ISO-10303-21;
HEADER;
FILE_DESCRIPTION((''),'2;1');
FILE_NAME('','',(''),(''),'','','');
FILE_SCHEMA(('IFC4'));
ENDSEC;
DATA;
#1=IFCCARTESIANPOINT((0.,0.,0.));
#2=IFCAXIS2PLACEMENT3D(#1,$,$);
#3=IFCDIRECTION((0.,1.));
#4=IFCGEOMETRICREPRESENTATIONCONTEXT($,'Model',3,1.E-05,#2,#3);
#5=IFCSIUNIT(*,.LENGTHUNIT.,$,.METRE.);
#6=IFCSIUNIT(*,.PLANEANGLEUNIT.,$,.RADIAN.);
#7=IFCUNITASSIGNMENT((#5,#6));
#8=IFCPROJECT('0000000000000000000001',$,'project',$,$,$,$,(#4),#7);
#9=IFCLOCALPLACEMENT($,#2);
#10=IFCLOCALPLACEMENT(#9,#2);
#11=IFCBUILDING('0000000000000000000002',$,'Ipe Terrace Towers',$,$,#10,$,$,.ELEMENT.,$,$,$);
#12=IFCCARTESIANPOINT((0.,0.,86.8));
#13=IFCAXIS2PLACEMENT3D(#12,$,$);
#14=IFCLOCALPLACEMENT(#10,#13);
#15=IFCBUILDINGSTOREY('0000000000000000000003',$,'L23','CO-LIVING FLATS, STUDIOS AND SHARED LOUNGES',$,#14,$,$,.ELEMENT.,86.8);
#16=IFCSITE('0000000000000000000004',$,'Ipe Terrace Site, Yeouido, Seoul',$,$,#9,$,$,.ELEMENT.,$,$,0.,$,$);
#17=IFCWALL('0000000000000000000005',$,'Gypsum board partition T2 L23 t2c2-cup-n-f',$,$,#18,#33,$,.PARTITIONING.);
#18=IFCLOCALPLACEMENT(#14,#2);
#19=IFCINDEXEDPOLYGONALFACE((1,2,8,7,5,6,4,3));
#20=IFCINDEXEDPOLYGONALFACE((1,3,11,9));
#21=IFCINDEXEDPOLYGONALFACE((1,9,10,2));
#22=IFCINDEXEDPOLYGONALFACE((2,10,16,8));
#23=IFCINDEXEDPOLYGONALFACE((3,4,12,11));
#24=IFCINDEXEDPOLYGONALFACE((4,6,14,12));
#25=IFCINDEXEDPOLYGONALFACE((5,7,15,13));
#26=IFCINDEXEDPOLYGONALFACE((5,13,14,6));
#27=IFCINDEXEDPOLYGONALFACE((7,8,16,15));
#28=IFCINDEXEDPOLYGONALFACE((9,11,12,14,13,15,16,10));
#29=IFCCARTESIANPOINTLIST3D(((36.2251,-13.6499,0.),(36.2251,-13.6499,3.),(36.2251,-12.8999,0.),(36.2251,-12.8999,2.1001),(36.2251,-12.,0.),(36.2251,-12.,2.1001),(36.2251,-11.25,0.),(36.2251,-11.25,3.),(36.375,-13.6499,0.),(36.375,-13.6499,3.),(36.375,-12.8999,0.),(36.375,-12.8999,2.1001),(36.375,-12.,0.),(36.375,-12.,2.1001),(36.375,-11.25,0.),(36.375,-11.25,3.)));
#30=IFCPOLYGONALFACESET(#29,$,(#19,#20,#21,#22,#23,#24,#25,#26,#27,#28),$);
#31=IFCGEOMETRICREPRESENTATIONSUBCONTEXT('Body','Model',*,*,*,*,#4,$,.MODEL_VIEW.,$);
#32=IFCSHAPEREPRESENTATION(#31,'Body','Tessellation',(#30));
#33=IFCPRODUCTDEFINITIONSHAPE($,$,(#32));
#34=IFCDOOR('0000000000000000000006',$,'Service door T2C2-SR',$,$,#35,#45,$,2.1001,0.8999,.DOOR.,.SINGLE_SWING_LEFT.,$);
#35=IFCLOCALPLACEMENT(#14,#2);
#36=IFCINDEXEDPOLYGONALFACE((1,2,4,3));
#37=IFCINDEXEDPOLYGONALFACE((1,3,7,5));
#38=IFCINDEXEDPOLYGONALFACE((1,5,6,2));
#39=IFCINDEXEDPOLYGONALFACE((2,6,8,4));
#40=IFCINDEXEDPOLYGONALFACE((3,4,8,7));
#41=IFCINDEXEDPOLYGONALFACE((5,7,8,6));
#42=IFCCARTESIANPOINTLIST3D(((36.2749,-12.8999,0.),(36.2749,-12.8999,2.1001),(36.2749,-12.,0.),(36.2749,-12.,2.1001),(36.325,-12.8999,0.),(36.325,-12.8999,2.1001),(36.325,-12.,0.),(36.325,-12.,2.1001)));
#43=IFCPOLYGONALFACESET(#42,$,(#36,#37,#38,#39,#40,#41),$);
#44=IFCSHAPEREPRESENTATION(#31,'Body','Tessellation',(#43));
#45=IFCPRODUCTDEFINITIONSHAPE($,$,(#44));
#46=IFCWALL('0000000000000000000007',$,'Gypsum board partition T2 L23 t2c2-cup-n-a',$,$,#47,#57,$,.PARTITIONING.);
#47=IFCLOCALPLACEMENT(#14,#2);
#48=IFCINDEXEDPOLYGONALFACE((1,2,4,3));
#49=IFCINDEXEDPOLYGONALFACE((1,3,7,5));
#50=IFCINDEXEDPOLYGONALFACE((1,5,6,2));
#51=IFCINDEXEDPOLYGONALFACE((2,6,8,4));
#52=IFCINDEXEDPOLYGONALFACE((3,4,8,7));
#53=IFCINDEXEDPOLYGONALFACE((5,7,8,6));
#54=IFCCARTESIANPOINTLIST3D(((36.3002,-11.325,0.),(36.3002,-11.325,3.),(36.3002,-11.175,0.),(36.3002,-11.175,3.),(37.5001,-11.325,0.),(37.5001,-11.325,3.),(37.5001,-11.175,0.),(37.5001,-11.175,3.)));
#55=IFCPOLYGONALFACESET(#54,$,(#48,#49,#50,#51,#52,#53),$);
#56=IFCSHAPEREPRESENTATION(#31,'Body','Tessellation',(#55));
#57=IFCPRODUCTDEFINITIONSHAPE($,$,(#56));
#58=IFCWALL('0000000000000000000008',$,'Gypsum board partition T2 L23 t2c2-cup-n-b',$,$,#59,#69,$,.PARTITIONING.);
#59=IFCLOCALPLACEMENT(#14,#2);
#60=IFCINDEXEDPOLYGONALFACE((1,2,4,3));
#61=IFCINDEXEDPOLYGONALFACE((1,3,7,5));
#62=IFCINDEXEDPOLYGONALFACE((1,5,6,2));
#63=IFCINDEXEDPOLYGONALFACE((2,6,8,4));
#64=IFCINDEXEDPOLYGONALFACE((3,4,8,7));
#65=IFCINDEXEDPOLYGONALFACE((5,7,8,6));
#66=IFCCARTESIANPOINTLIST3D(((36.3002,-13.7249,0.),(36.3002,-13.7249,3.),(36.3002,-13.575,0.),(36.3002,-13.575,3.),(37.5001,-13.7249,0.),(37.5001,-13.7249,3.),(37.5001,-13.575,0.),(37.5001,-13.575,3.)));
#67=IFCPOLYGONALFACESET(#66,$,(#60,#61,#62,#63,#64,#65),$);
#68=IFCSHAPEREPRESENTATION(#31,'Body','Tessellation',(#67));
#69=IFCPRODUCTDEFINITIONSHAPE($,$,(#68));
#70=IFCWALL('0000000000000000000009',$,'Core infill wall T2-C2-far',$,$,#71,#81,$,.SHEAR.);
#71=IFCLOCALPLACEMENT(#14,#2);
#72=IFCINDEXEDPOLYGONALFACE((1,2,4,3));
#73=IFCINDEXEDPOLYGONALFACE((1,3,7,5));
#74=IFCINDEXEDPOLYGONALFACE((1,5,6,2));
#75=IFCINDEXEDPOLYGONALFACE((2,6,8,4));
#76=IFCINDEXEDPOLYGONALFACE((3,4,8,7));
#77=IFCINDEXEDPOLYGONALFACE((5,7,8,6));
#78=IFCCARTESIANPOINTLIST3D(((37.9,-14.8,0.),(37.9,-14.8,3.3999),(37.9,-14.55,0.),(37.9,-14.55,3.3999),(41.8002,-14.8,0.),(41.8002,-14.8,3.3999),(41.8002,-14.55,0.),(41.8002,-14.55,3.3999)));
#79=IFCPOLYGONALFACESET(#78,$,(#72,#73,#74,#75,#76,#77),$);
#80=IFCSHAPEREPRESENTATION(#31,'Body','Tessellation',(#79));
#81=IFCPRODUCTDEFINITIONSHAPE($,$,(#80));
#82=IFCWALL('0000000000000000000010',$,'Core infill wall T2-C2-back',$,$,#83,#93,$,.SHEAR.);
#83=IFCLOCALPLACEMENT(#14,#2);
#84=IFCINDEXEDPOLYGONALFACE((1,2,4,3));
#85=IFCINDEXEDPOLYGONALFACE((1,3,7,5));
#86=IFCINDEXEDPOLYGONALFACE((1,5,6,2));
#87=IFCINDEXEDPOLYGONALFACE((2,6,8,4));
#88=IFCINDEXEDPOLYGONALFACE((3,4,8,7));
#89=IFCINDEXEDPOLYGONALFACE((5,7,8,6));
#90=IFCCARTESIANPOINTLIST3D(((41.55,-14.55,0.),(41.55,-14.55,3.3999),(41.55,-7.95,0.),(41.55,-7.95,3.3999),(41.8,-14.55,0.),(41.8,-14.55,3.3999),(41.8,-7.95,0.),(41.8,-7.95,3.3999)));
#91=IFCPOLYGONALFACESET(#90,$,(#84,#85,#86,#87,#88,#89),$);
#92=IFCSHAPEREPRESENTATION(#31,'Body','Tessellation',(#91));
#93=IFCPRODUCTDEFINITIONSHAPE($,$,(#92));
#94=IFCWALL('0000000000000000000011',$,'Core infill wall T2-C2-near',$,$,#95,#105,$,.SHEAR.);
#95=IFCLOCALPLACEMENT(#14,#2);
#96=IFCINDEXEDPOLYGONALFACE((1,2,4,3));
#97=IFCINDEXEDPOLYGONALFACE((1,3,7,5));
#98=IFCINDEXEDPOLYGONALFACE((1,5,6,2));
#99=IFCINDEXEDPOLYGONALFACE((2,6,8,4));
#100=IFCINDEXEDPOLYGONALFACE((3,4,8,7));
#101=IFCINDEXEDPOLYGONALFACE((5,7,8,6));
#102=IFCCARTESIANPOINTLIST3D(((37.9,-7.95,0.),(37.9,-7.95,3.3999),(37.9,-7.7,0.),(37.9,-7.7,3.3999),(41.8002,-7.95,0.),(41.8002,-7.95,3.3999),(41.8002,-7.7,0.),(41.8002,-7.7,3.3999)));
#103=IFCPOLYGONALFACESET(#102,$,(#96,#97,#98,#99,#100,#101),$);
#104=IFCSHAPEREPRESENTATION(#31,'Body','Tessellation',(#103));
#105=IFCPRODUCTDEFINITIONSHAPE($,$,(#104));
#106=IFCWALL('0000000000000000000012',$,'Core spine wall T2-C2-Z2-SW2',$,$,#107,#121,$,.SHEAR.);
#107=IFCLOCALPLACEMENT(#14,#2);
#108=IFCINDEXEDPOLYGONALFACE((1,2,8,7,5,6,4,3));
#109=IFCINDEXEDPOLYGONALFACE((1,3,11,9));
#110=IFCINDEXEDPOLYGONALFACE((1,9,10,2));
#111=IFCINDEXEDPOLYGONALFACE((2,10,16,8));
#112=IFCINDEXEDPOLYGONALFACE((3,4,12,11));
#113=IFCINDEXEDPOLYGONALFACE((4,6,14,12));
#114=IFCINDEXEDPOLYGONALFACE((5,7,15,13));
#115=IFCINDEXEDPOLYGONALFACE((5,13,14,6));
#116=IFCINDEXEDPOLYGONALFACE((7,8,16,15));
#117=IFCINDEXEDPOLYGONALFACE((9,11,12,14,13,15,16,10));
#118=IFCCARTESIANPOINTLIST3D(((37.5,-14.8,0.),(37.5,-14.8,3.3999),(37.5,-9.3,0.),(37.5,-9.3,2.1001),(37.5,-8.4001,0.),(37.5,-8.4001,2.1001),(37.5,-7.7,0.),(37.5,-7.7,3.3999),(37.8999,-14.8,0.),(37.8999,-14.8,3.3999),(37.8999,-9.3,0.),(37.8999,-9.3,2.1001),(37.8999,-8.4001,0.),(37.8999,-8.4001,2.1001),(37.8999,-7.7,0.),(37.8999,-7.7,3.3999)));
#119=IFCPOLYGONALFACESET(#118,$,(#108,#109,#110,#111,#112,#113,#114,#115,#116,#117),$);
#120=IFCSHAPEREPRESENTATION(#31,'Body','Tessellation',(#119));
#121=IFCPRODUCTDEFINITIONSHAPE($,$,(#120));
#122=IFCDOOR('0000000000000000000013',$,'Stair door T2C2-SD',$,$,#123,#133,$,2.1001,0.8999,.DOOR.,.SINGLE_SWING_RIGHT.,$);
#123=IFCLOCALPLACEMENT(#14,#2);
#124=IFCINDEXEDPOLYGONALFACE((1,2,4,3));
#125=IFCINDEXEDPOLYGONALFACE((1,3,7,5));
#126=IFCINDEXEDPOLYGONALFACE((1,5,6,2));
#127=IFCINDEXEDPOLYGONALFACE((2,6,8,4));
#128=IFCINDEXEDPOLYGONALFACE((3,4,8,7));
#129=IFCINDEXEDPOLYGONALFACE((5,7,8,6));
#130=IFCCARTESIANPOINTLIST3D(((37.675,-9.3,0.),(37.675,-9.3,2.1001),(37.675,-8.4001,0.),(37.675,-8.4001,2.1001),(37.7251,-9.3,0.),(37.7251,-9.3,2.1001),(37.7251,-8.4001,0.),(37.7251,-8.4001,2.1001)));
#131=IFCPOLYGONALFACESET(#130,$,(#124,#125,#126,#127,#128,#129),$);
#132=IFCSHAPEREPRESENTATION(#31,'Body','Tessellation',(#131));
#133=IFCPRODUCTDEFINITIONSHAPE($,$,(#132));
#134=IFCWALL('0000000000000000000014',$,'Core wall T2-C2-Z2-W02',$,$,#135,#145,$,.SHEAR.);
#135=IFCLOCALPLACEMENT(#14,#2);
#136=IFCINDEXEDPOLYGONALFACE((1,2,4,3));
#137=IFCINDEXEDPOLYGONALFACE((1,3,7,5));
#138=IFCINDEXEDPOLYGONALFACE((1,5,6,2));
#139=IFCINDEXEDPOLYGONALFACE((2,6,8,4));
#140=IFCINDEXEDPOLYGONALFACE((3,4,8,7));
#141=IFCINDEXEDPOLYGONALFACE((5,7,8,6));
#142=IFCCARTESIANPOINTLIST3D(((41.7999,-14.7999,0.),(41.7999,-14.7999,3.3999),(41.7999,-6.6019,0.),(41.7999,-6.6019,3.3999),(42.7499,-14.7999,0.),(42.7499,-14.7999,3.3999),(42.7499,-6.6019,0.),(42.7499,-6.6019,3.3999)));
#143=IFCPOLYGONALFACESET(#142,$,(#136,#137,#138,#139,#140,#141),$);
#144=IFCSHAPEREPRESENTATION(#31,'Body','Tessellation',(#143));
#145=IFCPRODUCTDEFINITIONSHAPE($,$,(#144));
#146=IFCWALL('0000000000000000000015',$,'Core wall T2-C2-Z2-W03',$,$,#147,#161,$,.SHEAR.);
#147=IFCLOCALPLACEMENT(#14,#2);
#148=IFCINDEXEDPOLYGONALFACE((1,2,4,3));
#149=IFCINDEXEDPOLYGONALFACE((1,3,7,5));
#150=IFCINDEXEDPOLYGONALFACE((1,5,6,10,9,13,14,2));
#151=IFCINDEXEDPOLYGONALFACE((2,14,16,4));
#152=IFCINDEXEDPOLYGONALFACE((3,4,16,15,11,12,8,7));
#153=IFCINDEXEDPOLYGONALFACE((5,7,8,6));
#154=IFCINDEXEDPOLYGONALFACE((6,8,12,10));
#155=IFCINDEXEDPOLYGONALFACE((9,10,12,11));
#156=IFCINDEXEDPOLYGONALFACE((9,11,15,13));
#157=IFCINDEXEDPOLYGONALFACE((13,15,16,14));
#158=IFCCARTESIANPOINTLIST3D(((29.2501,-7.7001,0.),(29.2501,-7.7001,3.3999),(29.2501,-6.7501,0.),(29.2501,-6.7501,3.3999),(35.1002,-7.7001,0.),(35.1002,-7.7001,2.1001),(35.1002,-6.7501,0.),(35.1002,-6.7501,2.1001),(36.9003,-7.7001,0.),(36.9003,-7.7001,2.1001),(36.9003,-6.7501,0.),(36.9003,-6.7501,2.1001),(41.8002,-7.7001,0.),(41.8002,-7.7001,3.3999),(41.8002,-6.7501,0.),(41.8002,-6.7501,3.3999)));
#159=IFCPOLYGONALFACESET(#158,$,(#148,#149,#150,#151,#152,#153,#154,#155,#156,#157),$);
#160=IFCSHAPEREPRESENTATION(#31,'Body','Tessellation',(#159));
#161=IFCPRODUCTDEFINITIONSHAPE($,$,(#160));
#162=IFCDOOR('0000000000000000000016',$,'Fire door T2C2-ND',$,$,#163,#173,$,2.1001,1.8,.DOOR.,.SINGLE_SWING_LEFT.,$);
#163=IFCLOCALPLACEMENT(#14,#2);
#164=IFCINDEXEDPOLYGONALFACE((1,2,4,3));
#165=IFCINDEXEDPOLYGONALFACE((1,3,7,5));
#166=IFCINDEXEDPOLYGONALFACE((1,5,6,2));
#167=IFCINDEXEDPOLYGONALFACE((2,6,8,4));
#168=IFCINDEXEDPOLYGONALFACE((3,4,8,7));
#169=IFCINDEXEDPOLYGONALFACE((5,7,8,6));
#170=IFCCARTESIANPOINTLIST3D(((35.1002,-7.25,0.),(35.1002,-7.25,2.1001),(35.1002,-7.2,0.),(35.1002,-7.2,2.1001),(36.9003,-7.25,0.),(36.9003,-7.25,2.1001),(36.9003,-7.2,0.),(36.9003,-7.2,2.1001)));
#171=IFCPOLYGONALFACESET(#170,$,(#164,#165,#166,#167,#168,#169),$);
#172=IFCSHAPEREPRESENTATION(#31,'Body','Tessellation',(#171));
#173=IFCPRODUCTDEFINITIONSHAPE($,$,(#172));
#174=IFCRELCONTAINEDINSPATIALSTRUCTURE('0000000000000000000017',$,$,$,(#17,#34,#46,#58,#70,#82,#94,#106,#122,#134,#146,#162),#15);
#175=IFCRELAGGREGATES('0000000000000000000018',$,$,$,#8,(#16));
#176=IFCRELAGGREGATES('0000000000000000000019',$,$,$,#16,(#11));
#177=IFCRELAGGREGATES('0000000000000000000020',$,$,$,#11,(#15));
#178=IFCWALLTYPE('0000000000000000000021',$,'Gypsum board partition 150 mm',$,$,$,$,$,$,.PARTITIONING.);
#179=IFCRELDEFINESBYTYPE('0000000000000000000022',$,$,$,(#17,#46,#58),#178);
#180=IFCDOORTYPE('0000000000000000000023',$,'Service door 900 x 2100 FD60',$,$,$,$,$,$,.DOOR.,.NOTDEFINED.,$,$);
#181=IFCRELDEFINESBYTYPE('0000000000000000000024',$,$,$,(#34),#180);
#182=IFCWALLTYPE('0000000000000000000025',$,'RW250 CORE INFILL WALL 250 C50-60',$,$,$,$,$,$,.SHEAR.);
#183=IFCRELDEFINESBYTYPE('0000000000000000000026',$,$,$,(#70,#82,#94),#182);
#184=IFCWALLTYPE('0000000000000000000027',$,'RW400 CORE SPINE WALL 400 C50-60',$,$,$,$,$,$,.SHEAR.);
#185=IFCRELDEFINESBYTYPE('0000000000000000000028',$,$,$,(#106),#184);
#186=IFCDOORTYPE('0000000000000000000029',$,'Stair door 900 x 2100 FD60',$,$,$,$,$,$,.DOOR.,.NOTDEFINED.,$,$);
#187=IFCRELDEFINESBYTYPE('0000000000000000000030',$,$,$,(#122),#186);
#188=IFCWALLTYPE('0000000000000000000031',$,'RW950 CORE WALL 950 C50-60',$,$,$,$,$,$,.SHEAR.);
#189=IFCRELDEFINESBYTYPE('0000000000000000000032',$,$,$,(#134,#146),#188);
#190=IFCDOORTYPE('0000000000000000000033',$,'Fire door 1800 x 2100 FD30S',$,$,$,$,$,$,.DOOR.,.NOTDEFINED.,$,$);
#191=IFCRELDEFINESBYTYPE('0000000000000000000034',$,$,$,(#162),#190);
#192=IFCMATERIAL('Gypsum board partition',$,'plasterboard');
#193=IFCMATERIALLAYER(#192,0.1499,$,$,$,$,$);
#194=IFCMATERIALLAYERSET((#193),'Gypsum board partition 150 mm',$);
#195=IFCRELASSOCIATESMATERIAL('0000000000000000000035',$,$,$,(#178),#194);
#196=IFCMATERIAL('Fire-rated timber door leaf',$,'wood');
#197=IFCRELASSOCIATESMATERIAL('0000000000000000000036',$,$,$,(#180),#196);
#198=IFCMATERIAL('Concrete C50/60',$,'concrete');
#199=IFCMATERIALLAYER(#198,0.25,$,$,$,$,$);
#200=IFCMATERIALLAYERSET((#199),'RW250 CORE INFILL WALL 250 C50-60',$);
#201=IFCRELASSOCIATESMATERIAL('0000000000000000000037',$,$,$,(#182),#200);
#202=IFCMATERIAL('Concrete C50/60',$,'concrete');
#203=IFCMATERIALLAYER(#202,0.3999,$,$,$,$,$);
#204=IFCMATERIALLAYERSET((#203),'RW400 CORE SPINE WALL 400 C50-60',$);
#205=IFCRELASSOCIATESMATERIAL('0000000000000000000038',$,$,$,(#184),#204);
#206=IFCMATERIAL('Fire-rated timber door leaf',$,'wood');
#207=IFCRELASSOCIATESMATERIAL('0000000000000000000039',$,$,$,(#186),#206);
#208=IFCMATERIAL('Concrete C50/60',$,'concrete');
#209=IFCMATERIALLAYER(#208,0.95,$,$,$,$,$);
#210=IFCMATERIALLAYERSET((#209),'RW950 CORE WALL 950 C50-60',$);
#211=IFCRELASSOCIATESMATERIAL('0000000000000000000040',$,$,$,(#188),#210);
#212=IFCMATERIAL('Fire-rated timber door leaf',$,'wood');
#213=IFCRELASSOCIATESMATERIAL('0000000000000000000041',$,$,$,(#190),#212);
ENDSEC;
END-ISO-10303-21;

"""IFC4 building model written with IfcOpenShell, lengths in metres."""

from ifc_helpers import new_model, si_unit, direction, frame, frame_2d, origin, place, context, subcontext, project, spatial, rectangle, extrude, material, layer, layer_set, type_object, element, fill, save


model = new_model("IFC4")

# Units and contexts
model_context = context("Model", 3, precision=1e-05, world=origin(), true_north=direction((0.0, 1.0)))
body_context = subcontext(model_context, "Body", "Model", "MODEL_VIEW")
ifc_project = project(units=[si_unit("LENGTHUNIT", "METRE"), si_unit("PLANEANGLEUNIT", "RADIAN")], contexts=[model_context])

# Site, building, storey
site_placement = place(None, origin())
site = spatial("IfcSite", under=ifc_project, at=site_placement, Name="Ipe Terrace Site, Yeouido, Seoul", CompositionType="ELEMENT", RefElevation=0.0)
building_placement = place(site_placement, origin())
building = spatial("IfcBuilding", under=site, at=building_placement, Name="Ipe Terrace Towers", CompositionType="ELEMENT")
storey_placement = place(building_placement, frame((0.0, 0.0, 86.8)))
storey = spatial("IfcBuildingStorey", under=building, at=storey_placement, Name="L23", Description="CO-LIVING FLATS, STUDIOS AND SHARED LOUNGES", CompositionType="ELEMENT", Elevation=86.8)

# Wall, opening, door
ifc_material_1 = material(Name="Gypsum board partition", Category="plasterboard")
ifc_layer_1 = layer(ifc_material_1, 0.1499)
ifc_layer_set_1 = layer_set([ifc_layer_1], Name="Gypsum board partition 150 mm")
wall_type_1 = type_object("IfcWallType", Name="Gypsum board partition 150 mm", PredefinedType="PARTITIONING", material=ifc_layer_set_1)
wall_1_placement = place(storey_placement, frame((36.3, -11.25, 0.0), z_axis=(0.0, 0.0, 1.0), x_axis=(0.0, -1.0, 0.0)))
wall_1 = element("IfcWall", 1, at=wall_1_placement, inside=storey, type_object=wall_type_1, Name="Gypsum board partition T2 L23 t2c2-cup-n-f", PredefinedType="PARTITIONING", context=body_context, shape_type="SweptSolid", body=[
    extrude(rectangle(XDim=2.3999, YDim=0.1499, at=frame_2d((1.2, 0.0))), origin(), (0.0, 0.0, 1.0), 3.0),
])
opening_1_placement = place(wall_1_placement, frame((0.75, 0.0, 0.0)))
opening_1 = element("IfcOpeningElement", 2, at=opening_1_placement, cuts=wall_1, PredefinedType="OPENING", context=body_context, shape_type="SweptSolid", body=[
    extrude(rectangle(XDim=0.8999, YDim=2.1001, at=frame_2d((0.45, 1.05))), frame((0.0, 0.085, 0.0), z_axis=(0.0, -1.0, 0.0), x_axis=(1.0, 0.0, 0.0)), (0.0, 0.0, 1.0), 0.1699),
])
ifc_material_2 = material(Name="Fire-rated timber door leaf", Category="wood")
door_type_1 = type_object("IfcDoorType", Name="Service door 900 x 2100 FD60", OperationType="NOTDEFINED", PredefinedType="DOOR", material=ifc_material_2)
door_1_placement = place(opening_1_placement, origin())
door_1 = element("IfcDoor", 3, at=door_1_placement, inside=storey, type_object=door_type_1, Name="Service door T2C2-SR", OperationType="SINGLE_SWING_LEFT", OverallHeight=2.1001, OverallWidth=0.8999, PredefinedType="DOOR", context=body_context, shape_type="SweptSolid", body=[
    extrude(rectangle(XDim=0.8999, YDim=2.1001, at=frame_2d((0.45, 1.05))), frame((0.0, 0.0249, 0.0), z_axis=(0.0, -1.0, 0.0), x_axis=(1.0, 0.0, 0.0)), (0.0, 0.0, 1.0), 0.05),
])
fill(opening_1, door_1)

# Walls
for number, where, z_axis, x_axis, name in (
    (4, (36.3, -11.25, 0.0), (0.0, 0.0, 1.0), (1.0, 0.0, 0.0), "Gypsum board partition T2 L23 t2c2-cup-n-a"),
    (5, (36.3, -13.6499, 0.0), (0.0, 0.0, 1.0), (1.0, 0.0, 0.0), "Gypsum board partition T2 L23 t2c2-cup-n-b"),
):
    element("IfcWall", number, at=place(storey_placement, frame(where, z_axis=z_axis, x_axis=x_axis)), inside=storey, type_object=wall_type_1, Name=name, PredefinedType="PARTITIONING", context=body_context, shape_type="SweptSolid", body=[
        extrude(rectangle(XDim=1.2, YDim=0.1499, at=frame_2d((0.6001, 0.0))), origin(), (0.0, 0.0, 1.0), 3.0),
    ])
ifc_material_3 = material(Name="Concrete C50/60", Category="concrete")
ifc_layer_2 = layer(ifc_material_3, 0.25)
ifc_layer_set_2 = layer_set([ifc_layer_2], Name="RW250 CORE INFILL WALL 250 C50-60")
wall_type_2 = type_object("IfcWallType", Name="RW250 CORE INFILL WALL 250 C50-60", PredefinedType="SHEAR", material=ifc_layer_set_2)
wall_2_placement = place(storey_placement, frame((37.8999, -14.675, 0.0), z_axis=(0.0, 0.0, 1.0), x_axis=(1.0, 0.0, 0.0)))
element("IfcWall", 6, at=wall_2_placement, inside=storey, type_object=wall_type_2, Name="Core infill wall T2-C2-far", PredefinedType="SHEAR", context=body_context, shape_type="SweptSolid", body=[
    extrude(rectangle(XDim=3.9001, YDim=0.25, at=frame_2d((1.9502, 0.0))), origin(), (0.0, 0.0, 1.0), 3.3999),
])
wall_3_placement = place(storey_placement, frame((41.675, -7.95, 0.0), z_axis=(0.0, 0.0, 1.0), x_axis=(0.0, -1.0, 0.0)))
element("IfcWall", 7, at=wall_3_placement, inside=storey, type_object=wall_type_2, Name="Core infill wall T2-C2-back", PredefinedType="SHEAR", context=body_context, shape_type="SweptSolid", body=[
    extrude(rectangle(XDim=6.6001, YDim=0.25, at=frame_2d((3.3, 0.0))), origin(), (0.0, 0.0, 1.0), 3.3999),
])
wall_4_placement = place(storey_placement, frame((37.8999, -7.825, 0.0), z_axis=(0.0, 0.0, 1.0), x_axis=(1.0, 0.0, 0.0)))
element("IfcWall", 8, at=wall_4_placement, inside=storey, type_object=wall_type_2, Name="Core infill wall T2-C2-near", PredefinedType="SHEAR", context=body_context, shape_type="SweptSolid", body=[
    extrude(rectangle(XDim=3.9001, YDim=0.25, at=frame_2d((1.9502, 0.0))), origin(), (0.0, 0.0, 1.0), 3.3999),
])

# Wall, opening, door
ifc_material_4 = material(Name="Concrete C50/60", Category="concrete")
ifc_layer_3 = layer(ifc_material_4, 0.3999)
ifc_layer_set_3 = layer_set([ifc_layer_3], Name="RW400 CORE SPINE WALL 400 C50-60")
wall_type_3 = type_object("IfcWallType", Name="RW400 CORE SPINE WALL 400 C50-60", PredefinedType="SHEAR", material=ifc_layer_set_3)
wall_5_placement = place(storey_placement, frame((37.7, -14.8, 0.0), z_axis=(0.0, 0.0, 1.0), x_axis=(0.0, 1.0, 0.0)))
wall_5 = element("IfcWall", 9, at=wall_5_placement, inside=storey, type_object=wall_type_3, Name="Core spine wall T2-C2-Z2-SW2", PredefinedType="SHEAR", context=body_context, shape_type="SweptSolid", body=[
    extrude(rectangle(XDim=7.1001, YDim=0.3999, at=frame_2d((3.55, 0.0))), origin(), (0.0, 0.0, 1.0), 3.3999),
])
opening_2_placement = place(wall_5_placement, frame((5.5, 0.0, 0.0)))
opening_2 = element("IfcOpeningElement", 10, at=opening_2_placement, cuts=wall_5, PredefinedType="OPENING", context=body_context, shape_type="SweptSolid", body=[
    extrude(rectangle(XDim=0.8999, YDim=2.1001, at=frame_2d((0.45, 1.05))), frame((0.0, 0.21, 0.0), z_axis=(0.0, -1.0, 0.0), x_axis=(1.0, 0.0, 0.0)), (0.0, 0.0, 1.0), 0.4199),
])
ifc_material_5 = material(Name="Fire-rated timber door leaf", Category="wood")
door_type_2 = type_object("IfcDoorType", Name="Stair door 900 x 2100 FD60", OperationType="NOTDEFINED", PredefinedType="DOOR", material=ifc_material_5)
door_2_placement = place(opening_2_placement, origin())
door_2 = element("IfcDoor", 11, at=door_2_placement, inside=storey, type_object=door_type_2, Name="Stair door T2C2-SD", OperationType="SINGLE_SWING_RIGHT", OverallHeight=2.1001, OverallWidth=0.8999, PredefinedType="DOOR", context=body_context, shape_type="SweptSolid", body=[
    extrude(rectangle(XDim=0.8999, YDim=2.1001, at=frame_2d((0.45, 1.05))), frame((0.0, 0.0249, 0.0), z_axis=(0.0, -1.0, 0.0), x_axis=(1.0, 0.0, 0.0)), (0.0, 0.0, 1.0), 0.05),
])
fill(opening_2, door_2)

# Wall
ifc_material_6 = material(Name="Concrete C50/60", Category="concrete")
ifc_layer_4 = layer(ifc_material_6, 0.95)
ifc_layer_set_4 = layer_set([ifc_layer_4], Name="RW950 CORE WALL 950 C50-60")
wall_type_4 = type_object("IfcWallType", Name="RW950 CORE WALL 950 C50-60", PredefinedType="SHEAR", material=ifc_layer_set_4)
wall_6_placement = place(storey_placement, frame((42.2749, -14.8, 0.0), z_axis=(0.0, 0.0, 1.0), x_axis=(0.0, 1.0, 0.0)))
element("IfcWall", 12, at=wall_6_placement, inside=storey, type_object=wall_type_4, Name="Core wall T2-C2-Z2-W02", PredefinedType="SHEAR", context=body_context, shape_type="SweptSolid", body=[
    extrude(rectangle(XDim=8.198, YDim=0.95, at=frame_2d((4.0991, 0.0))), origin(), (0.0, 0.0, 1.0), 3.3999),
])

# Wall, opening, door
wall_7_placement = place(storey_placement, frame((41.8, -7.2251, 0.0), z_axis=(0.0, 0.0, 1.0), x_axis=(-1.0, 0.0, 0.0)))
wall_7 = element("IfcWall", 13, at=wall_7_placement, inside=storey, type_object=wall_type_4, Name="Core wall T2-C2-Z2-W03", PredefinedType="SHEAR", context=body_context, shape_type="SweptSolid", body=[
    extrude(rectangle(XDim=12.55, YDim=0.95, at=frame_2d((6.2749, 0.0))), origin(), (0.0, 0.0, 1.0), 3.3999),
])
opening_3_placement = place(wall_7_placement, frame((4.8999, 0.0, 0.0)))
opening_3 = element("IfcOpeningElement", 14, at=opening_3_placement, cuts=wall_7, PredefinedType="OPENING", context=body_context, shape_type="SweptSolid", body=[
    extrude(rectangle(XDim=1.8, YDim=2.1001, at=frame_2d((0.8999, 1.05))), frame((0.0, 0.4849, 0.0), z_axis=(0.0, -1.0, 0.0), x_axis=(1.0, 0.0, 0.0)), (0.0, 0.0, 1.0), 0.97),
])
ifc_material_7 = material(Name="Fire-rated timber door leaf", Category="wood")
door_type_3 = type_object("IfcDoorType", Name="Fire door 1800 x 2100 FD30S", OperationType="NOTDEFINED", PredefinedType="DOOR", material=ifc_material_7)
door_3_placement = place(opening_3_placement, origin())
door_3 = element("IfcDoor", 15, at=door_3_placement, inside=storey, type_object=door_type_3, Name="Fire door T2C2-ND", OperationType="SINGLE_SWING_LEFT", OverallHeight=2.1001, OverallWidth=1.8, PredefinedType="DOOR", context=body_context, shape_type="SweptSolid", body=[
    extrude(rectangle(XDim=1.8, YDim=2.1001, at=frame_2d((0.8999, 1.05))), frame((0.0, 0.0249, 0.0), z_axis=(0.0, -1.0, 0.0), x_axis=(1.0, 0.0, 0.0)), (0.0, 0.0, 1.0), 0.05),
])
fill(opening_3, door_3)

save(model, "model.ifc")
